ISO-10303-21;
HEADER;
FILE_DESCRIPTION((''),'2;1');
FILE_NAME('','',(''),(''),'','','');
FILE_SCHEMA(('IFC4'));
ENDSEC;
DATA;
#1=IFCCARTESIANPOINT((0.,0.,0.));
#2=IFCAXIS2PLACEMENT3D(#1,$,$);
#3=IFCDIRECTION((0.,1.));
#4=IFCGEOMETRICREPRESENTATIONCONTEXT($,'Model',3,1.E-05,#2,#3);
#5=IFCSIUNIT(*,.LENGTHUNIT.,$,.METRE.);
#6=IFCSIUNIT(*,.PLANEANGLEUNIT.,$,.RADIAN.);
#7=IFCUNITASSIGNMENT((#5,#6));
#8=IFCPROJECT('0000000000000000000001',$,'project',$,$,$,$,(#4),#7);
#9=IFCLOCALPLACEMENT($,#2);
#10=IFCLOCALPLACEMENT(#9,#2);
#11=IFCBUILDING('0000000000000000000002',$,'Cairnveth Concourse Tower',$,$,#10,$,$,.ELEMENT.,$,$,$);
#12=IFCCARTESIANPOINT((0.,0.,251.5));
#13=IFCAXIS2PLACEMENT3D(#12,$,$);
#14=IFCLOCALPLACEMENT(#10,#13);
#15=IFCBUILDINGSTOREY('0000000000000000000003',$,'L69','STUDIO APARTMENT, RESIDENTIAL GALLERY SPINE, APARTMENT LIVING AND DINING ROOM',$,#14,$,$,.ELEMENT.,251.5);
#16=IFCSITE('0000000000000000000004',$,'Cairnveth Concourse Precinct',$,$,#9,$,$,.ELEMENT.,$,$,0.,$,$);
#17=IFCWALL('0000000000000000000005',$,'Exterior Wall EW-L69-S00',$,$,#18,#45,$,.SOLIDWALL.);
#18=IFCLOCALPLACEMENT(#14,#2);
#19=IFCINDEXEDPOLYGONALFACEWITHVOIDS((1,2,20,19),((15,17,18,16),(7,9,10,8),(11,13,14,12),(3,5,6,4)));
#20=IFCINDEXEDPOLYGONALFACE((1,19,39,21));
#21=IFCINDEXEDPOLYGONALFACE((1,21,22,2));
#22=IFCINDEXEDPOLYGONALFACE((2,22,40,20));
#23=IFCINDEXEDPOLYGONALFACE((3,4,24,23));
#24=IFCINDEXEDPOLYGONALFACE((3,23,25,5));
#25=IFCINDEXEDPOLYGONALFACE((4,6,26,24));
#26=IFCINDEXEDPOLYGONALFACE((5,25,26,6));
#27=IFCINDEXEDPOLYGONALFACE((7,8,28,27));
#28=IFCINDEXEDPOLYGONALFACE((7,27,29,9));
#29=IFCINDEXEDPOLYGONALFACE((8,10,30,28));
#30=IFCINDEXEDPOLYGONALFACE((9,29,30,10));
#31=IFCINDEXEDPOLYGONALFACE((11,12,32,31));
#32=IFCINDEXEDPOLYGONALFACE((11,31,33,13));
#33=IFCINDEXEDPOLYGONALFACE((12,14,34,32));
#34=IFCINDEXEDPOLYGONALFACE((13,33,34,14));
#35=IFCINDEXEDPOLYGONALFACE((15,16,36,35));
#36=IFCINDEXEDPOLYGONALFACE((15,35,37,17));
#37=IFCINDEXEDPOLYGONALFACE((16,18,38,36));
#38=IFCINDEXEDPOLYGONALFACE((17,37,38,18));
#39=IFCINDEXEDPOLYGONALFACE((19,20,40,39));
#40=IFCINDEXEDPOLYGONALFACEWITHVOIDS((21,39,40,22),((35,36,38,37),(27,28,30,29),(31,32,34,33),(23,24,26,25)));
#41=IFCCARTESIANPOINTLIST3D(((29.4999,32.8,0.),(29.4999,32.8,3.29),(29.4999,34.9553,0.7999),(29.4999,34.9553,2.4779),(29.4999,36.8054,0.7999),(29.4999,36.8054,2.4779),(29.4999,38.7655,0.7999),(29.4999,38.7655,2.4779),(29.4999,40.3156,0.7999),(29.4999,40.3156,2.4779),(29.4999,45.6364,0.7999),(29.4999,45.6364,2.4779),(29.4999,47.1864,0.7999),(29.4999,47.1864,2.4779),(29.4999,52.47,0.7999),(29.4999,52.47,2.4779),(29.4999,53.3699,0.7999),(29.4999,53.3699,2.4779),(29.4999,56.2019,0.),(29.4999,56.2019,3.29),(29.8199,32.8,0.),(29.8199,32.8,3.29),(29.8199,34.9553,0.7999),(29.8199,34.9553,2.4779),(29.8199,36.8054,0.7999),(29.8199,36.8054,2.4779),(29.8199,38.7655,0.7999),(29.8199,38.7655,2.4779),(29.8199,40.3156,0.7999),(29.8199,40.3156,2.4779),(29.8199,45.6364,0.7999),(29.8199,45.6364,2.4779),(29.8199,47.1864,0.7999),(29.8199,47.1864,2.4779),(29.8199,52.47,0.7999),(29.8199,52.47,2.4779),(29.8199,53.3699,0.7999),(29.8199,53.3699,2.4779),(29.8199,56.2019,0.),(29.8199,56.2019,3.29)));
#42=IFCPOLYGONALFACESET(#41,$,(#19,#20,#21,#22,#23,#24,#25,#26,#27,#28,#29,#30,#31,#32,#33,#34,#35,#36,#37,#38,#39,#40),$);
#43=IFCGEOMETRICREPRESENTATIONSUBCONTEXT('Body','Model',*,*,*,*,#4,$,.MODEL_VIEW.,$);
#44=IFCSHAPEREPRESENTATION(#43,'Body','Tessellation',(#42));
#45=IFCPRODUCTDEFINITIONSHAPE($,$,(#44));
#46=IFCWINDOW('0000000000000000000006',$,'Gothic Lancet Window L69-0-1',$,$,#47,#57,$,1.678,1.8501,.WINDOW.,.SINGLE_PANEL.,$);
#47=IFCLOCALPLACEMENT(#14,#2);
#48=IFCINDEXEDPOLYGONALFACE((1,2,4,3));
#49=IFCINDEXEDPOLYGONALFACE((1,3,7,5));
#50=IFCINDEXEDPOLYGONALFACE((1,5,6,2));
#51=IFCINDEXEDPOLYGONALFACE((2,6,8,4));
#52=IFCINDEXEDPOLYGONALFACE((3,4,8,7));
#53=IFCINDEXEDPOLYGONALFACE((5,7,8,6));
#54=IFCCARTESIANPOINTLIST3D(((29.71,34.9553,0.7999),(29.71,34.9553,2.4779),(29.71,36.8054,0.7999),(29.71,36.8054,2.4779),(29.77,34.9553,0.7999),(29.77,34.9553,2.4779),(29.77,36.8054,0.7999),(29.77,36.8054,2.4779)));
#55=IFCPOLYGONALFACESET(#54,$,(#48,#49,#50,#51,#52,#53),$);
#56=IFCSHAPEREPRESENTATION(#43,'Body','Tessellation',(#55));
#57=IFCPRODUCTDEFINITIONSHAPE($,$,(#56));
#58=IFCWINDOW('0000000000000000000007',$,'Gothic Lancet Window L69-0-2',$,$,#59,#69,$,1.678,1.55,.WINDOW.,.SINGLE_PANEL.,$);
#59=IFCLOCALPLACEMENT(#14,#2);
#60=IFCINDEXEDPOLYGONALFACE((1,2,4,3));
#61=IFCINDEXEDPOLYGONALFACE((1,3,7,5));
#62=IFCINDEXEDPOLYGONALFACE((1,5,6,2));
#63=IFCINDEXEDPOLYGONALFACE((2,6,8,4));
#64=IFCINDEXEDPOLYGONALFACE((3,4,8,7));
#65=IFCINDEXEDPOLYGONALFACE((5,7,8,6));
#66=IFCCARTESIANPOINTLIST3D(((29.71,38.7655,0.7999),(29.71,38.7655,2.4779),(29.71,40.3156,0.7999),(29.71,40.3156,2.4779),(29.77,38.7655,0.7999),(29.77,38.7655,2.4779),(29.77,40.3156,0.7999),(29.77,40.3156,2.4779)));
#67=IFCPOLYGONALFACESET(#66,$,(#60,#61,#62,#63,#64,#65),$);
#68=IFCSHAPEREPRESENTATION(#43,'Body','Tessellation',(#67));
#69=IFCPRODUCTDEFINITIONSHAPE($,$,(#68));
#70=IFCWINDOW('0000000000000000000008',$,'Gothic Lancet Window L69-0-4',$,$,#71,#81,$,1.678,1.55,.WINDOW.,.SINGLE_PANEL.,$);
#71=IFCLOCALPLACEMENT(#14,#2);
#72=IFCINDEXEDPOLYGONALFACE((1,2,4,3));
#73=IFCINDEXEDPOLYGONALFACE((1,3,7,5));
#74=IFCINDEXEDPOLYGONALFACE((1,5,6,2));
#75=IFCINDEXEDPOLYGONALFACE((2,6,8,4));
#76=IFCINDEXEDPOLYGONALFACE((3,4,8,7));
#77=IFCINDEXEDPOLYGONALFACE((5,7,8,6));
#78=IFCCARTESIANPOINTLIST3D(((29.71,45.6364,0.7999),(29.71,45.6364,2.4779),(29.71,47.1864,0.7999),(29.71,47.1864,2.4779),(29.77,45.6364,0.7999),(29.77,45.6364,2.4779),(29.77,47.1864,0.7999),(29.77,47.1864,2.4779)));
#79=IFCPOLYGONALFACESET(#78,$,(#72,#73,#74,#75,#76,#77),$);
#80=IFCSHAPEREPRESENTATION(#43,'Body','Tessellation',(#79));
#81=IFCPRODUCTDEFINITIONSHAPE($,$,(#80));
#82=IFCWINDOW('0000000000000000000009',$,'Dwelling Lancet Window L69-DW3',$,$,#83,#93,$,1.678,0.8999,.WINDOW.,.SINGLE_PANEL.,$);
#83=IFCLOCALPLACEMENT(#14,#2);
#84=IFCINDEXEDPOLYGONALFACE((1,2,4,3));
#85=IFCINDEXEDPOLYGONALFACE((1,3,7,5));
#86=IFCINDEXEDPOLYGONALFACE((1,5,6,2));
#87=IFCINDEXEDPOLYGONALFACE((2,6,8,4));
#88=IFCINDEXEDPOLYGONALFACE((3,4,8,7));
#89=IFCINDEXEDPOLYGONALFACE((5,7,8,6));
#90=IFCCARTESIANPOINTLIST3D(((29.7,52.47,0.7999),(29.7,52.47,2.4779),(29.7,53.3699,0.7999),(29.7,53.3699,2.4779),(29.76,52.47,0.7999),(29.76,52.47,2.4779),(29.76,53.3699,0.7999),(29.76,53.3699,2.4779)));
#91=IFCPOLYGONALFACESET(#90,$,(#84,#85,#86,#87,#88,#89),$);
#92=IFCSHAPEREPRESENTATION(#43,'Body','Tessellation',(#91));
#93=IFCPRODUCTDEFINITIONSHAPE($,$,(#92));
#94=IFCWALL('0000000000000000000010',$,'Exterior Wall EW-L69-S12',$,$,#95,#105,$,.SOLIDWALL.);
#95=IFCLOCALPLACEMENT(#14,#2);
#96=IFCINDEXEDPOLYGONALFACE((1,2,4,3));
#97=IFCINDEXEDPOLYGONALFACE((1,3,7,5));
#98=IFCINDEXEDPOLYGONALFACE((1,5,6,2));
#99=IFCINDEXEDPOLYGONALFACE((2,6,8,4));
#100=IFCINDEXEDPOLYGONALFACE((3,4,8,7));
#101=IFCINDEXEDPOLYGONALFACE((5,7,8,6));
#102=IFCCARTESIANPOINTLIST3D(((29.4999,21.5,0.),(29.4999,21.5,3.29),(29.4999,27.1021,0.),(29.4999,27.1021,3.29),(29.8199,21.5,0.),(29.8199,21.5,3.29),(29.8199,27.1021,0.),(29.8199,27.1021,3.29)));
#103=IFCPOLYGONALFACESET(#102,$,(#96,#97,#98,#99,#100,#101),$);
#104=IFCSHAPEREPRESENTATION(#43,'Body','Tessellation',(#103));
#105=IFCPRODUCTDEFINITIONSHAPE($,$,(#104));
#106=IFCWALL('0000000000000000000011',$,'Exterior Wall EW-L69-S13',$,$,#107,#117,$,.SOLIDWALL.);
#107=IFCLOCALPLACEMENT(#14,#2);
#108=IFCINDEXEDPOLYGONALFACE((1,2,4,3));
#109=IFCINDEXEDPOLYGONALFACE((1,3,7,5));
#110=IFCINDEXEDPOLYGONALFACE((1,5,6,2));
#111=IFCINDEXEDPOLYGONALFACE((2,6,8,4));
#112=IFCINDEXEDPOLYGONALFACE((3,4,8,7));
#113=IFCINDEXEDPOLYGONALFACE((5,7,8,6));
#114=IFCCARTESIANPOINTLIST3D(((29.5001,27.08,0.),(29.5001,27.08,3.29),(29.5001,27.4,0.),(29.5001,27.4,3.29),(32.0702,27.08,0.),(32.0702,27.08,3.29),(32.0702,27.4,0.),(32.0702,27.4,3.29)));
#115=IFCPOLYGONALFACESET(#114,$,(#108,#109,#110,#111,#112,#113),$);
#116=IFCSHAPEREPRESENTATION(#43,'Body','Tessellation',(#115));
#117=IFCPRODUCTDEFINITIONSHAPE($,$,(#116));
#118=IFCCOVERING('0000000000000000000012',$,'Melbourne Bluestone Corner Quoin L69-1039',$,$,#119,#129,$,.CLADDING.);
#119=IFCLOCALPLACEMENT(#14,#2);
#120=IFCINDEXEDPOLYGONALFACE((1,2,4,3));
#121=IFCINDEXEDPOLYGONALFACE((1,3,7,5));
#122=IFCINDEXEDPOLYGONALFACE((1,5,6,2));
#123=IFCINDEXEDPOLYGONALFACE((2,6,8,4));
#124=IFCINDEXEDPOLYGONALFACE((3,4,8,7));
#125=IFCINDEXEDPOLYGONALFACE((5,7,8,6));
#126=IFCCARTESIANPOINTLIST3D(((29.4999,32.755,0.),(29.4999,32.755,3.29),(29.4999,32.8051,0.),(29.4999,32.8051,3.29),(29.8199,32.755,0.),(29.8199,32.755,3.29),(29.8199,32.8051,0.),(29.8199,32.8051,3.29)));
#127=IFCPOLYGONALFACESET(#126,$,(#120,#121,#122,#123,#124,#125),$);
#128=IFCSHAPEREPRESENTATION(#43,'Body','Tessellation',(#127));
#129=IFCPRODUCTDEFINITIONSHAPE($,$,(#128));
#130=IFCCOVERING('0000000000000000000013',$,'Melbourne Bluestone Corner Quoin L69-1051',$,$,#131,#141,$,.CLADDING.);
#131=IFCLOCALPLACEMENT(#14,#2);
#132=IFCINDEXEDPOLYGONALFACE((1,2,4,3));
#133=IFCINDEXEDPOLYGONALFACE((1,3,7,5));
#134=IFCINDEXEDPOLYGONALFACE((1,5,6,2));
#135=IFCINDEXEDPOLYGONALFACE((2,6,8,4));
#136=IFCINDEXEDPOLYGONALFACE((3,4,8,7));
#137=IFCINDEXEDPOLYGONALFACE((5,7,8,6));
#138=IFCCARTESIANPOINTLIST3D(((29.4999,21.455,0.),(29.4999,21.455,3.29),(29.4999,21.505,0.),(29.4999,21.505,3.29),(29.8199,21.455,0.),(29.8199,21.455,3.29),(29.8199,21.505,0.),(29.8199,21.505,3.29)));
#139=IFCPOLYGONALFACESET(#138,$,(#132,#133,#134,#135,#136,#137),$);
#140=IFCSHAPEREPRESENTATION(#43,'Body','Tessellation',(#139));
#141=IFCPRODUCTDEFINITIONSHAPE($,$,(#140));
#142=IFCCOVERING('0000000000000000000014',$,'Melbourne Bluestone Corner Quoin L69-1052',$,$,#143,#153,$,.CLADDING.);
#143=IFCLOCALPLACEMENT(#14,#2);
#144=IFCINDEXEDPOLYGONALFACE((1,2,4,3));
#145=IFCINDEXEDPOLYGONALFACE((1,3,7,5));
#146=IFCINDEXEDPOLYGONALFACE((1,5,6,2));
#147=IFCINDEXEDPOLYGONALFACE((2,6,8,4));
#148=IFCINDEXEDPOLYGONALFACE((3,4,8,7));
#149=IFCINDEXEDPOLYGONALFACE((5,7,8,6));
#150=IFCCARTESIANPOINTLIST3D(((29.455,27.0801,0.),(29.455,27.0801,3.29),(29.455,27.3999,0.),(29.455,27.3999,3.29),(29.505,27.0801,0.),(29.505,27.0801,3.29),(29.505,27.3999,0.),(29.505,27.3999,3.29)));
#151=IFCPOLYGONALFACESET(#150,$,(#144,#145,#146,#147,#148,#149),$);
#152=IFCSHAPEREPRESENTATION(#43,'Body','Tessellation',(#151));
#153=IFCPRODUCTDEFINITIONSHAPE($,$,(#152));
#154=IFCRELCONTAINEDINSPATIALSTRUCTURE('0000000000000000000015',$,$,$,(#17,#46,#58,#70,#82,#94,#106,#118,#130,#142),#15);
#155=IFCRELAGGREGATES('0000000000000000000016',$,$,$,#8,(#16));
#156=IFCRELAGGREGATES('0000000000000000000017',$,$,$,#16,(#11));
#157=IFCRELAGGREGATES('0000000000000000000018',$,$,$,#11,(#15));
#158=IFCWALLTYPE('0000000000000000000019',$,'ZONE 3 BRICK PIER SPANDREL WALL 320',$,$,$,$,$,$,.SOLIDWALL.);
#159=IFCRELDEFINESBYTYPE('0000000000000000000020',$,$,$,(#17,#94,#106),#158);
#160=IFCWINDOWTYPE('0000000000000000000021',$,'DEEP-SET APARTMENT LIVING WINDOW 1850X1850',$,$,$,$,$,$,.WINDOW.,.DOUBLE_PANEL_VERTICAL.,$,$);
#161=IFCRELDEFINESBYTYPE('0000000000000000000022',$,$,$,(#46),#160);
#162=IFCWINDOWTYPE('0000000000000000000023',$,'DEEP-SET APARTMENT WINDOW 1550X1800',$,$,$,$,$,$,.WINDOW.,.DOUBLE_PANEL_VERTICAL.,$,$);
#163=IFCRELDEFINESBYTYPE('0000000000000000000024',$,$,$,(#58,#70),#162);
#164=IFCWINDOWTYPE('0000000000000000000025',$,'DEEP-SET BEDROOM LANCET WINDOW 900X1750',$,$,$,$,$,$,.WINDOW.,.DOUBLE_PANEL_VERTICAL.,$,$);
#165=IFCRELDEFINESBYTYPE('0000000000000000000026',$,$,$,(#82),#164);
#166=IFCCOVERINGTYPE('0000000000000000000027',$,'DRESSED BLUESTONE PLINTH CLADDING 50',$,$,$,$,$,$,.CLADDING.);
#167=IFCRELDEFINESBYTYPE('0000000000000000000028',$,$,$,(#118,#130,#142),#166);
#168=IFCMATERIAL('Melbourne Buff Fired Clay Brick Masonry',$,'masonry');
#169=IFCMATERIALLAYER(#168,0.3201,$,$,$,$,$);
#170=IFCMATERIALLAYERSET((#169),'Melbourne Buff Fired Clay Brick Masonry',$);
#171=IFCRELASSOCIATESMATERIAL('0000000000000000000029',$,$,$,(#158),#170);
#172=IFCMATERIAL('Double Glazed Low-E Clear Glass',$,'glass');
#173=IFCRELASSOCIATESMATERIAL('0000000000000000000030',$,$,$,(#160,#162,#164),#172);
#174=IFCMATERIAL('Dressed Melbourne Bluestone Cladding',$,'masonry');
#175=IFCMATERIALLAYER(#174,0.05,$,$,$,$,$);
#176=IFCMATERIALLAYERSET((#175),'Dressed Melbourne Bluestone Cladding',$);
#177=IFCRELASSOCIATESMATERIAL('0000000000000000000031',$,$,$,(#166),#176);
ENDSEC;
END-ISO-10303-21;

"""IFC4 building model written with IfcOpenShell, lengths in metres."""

from ifc_helpers import new_model, si_unit, direction, frame, frame_2d, origin, place, context, subcontext, project, spatial, rectangle, extrude, material, layer, layer_set, type_object, element, fill, save


model = new_model("IFC4")

# Units and contexts
model_context = context("Model", 3, precision=1e-05, world=origin(), true_north=direction((0.0, 1.0)))
body_context = subcontext(model_context, "Body", "Model", "MODEL_VIEW")
ifc_project = project(units=[si_unit("LENGTHUNIT", "METRE"), si_unit("PLANEANGLEUNIT", "RADIAN")], contexts=[model_context])

# Site, building, storey
site_placement = place(None, origin())
site = spatial("IfcSite", under=ifc_project, at=site_placement, Name="Cairnveth Concourse Precinct", CompositionType="ELEMENT", RefElevation=0.0)
building_placement = place(site_placement, origin())
building = spatial("IfcBuilding", under=site, at=building_placement, Name="Cairnveth Concourse Tower", CompositionType="ELEMENT")
storey_placement = place(building_placement, frame((0.0, 0.0, 251.5)))
storey = spatial("IfcBuildingStorey", under=building, at=storey_placement, Name="L69", Description="STUDIO APARTMENT, RESIDENTIAL GALLERY SPINE, APARTMENT LIVING AND DINING ROOM", CompositionType="ELEMENT", Elevation=251.5)

# Shared definitions
ifc_material_1 = material(Name="Dressed Melbourne Bluestone Cladding", Category="masonry")

# Wall, openings, windows
ifc_material_2 = material(Name="Melbourne Buff Fired Clay Brick Masonry", Category="masonry")
ifc_layer_1 = layer(ifc_material_2, 0.3201)
ifc_layer_set_1 = layer_set([ifc_layer_1], Name="Melbourne Buff Fired Clay Brick Masonry")
wall_type_1 = type_object("IfcWallType", Name="ZONE 3 BRICK PIER SPANDREL WALL 320", PredefinedType="SOLIDWALL", material=ifc_layer_set_1)
wall_1_placement = place(storey_placement, frame((29.6599, 32.8, 0.0), z_axis=(0.0, 0.0, 1.0), x_axis=(0.0, 1.0, 0.0)))
wall_1 = element("IfcWall", 1, at=wall_1_placement, inside=storey, type_object=wall_type_1, Name="Exterior Wall EW-L69-S00", PredefinedType="SOLIDWALL", context=body_context, shape_type="SweptSolid", body=[
    extrude(rectangle(XDim=23.4019, YDim=0.3201, at=frame_2d((11.7009, 0.0))), origin(), (0.0, 0.0, 1.0), 3.29),
])
opening_1_placement = place(wall_1_placement, frame((2.1553, 0.0, 0.8)))
opening_1 = element("IfcOpeningElement", 2, at=opening_1_placement, cuts=wall_1, PredefinedType="OPENING", context=body_context, shape_type="SweptSolid", body=[
    extrude(rectangle(XDim=1.8501, YDim=1.678, at=frame_2d((0.925, 0.8389))), frame((0.0, 0.1699, 0.0), z_axis=(0.0, -1.0, 0.0), x_axis=(1.0, 0.0, 0.0)), (0.0, 0.0, 1.0), 0.3401),
])
opening_2_placement = place(wall_1_placement, frame((5.9656, 0.0, 0.8)))
opening_2 = element("IfcOpeningElement", 3, at=opening_2_placement, cuts=wall_1, PredefinedType="OPENING", context=body_context, shape_type="SweptSolid", body=[
    extrude(rectangle(XDim=1.55, YDim=1.678, at=frame_2d((0.7749, 0.8389))), frame((0.0, 0.1699, 0.0), z_axis=(0.0, -1.0, 0.0), x_axis=(1.0, 0.0, 0.0)), (0.0, 0.0, 1.0), 0.3401),
])
opening_3_placement = place(wall_1_placement, frame((12.8364, 0.0, 0.8)))
opening_3 = element("IfcOpeningElement", 4, at=opening_3_placement, cuts=wall_1, PredefinedType="OPENING", context=body_context, shape_type="SweptSolid", body=[
    extrude(rectangle(XDim=1.55, YDim=1.678, at=frame_2d((0.7749, 0.8389))), frame((0.0, 0.1699, 0.0), z_axis=(0.0, -1.0, 0.0), x_axis=(1.0, 0.0, 0.0)), (0.0, 0.0, 1.0), 0.3401),
])
opening_4_placement = place(wall_1_placement, frame((19.6699, 0.0, 0.8)))
opening_4 = element("IfcOpeningElement", 5, at=opening_4_placement, cuts=wall_1, PredefinedType="OPENING", context=body_context, shape_type="SweptSolid", body=[
    extrude(rectangle(XDim=0.8999, YDim=1.678, at=frame_2d((0.45, 0.8389))), frame((0.0, 0.1699, 0.0), z_axis=(0.0, -1.0, 0.0), x_axis=(1.0, 0.0, 0.0)), (0.0, 0.0, 1.0), 0.3401),
])
ifc_material_3 = material(Name="Double Glazed Low-E Clear Glass", Category="glass")
window_type_1 = type_object("IfcWindowType", Name="DEEP-SET APARTMENT LIVING WINDOW 1850X1850", PartitioningType="DOUBLE_PANEL_VERTICAL", PredefinedType="WINDOW", material=ifc_material_3)
window_1_placement = place(opening_1_placement, origin())
window_1 = element("IfcWindow", 6, at=window_1_placement, inside=storey, type_object=window_type_1, Name="Gothic Lancet Window L69-0-1", OverallHeight=1.678, OverallWidth=1.8501, PartitioningType="SINGLE_PANEL", PredefinedType="WINDOW", context=body_context, shape_type="SweptSolid", body=[
    extrude(rectangle(XDim=1.8501, YDim=1.678, at=frame_2d((0.925, 0.8389))), frame((0.0, -0.05, 0.0), z_axis=(0.0, -1.0, 0.0), x_axis=(1.0, 0.0, 0.0)), (0.0, 0.0, 1.0), 0.0601),
])
fill(opening_1, window_1)
window_type_2 = type_object("IfcWindowType", Name="DEEP-SET APARTMENT WINDOW 1550X1800", PartitioningType="DOUBLE_PANEL_VERTICAL", PredefinedType="WINDOW", material=ifc_material_3)
window_2_placement = place(opening_2_placement, origin())
window_2 = element("IfcWindow", 7, at=window_2_placement, inside=storey, type_object=window_type_2, Name="Gothic Lancet Window L69-0-2", OverallHeight=1.678, OverallWidth=1.55, PartitioningType="SINGLE_PANEL", PredefinedType="WINDOW", context=body_context, shape_type="SweptSolid", body=[
    extrude(rectangle(XDim=1.55, YDim=1.678, at=frame_2d((0.7749, 0.8389))), frame((0.0, -0.05, 0.0), z_axis=(0.0, -1.0, 0.0), x_axis=(1.0, 0.0, 0.0)), (0.0, 0.0, 1.0), 0.0601),
])
fill(opening_2, window_2)
window_3_placement = place(opening_3_placement, origin())
window_3 = element("IfcWindow", 8, at=window_3_placement, inside=storey, type_object=window_type_2, Name="Gothic Lancet Window L69-0-4", OverallHeight=1.678, OverallWidth=1.55, PartitioningType="SINGLE_PANEL", PredefinedType="WINDOW", context=body_context, shape_type="SweptSolid", body=[
    extrude(rectangle(XDim=1.55, YDim=1.678, at=frame_2d((0.7749, 0.8389))), frame((0.0, -0.05, 0.0), z_axis=(0.0, -1.0, 0.0), x_axis=(1.0, 0.0, 0.0)), (0.0, 0.0, 1.0), 0.0601),
])
fill(opening_3, window_3)
window_type_3 = type_object("IfcWindowType", Name="DEEP-SET BEDROOM LANCET WINDOW 900X1750", PartitioningType="DOUBLE_PANEL_VERTICAL", PredefinedType="WINDOW", material=ifc_material_3)
window_4_placement = place(opening_4_placement, origin())
window_4 = element("IfcWindow", 9, at=window_4_placement, inside=storey, type_object=window_type_3, Name="Dwelling Lancet Window L69-DW3", OverallHeight=1.678, OverallWidth=0.8999, PartitioningType="SINGLE_PANEL", PredefinedType="WINDOW", context=body_context, shape_type="SweptSolid", body=[
    extrude(rectangle(XDim=0.8999, YDim=1.678, at=frame_2d((0.45, 0.8389))), frame((0.0, -0.04, 0.0), z_axis=(0.0, -1.0, 0.0), x_axis=(1.0, 0.0, 0.0)), (0.0, 0.0, 1.0), 0.0601),
])
fill(opening_4, window_4)

# Walls
wall_2_placement = place(storey_placement, frame((29.6599, 21.5, 0.0), z_axis=(0.0, 0.0, 1.0), x_axis=(0.0, 1.0, 0.0)))
element("IfcWall", 10, at=wall_2_placement, inside=storey, type_object=wall_type_1, Name="Exterior Wall EW-L69-S12", PredefinedType="SOLIDWALL", context=body_context, shape_type="SweptSolid", body=[
    extrude(rectangle(XDim=5.6021, YDim=0.3201, at=frame_2d((2.801, 0.0))), origin(), (0.0, 0.0, 1.0), 3.29),
])
wall_3_placement = place(storey_placement, frame((29.5, 27.24, 0.0), z_axis=(0.0, 0.0, 1.0), x_axis=(1.0, 0.0, 0.0)))
element("IfcWall", 11, at=wall_3_placement, inside=storey, type_object=wall_type_1, Name="Exterior Wall EW-L69-S13", PredefinedType="SOLIDWALL", context=body_context, shape_type="SweptSolid", body=[
    extrude(rectangle(XDim=2.5701, YDim=0.3201, at=frame_2d((1.2852, 0.0))), origin(), (0.0, 0.0, 1.0), 3.29),
])

# Coverings
ifc_layer_2 = layer(ifc_material_1, 0.05)
ifc_layer_set_2 = layer_set([ifc_layer_2], Name="Dressed Melbourne Bluestone Cladding")
covering_type = type_object("IfcCoveringType", Name="DRESSED BLUESTONE PLINTH CLADDING 50", PredefinedType="CLADDING", material=ifc_layer_set_2)
for number, where, z_axis, x_axis, name in (
    (12, (29.8201, 32.78, 0.0), (0.0, 0.0, 1.0), (-1.0, 0.0, 0.0), "Melbourne Bluestone Corner Quoin L69-1039"),
    (13, (29.8201, 21.48, 0.0), (0.0, 0.0, 1.0), (-1.0, 0.0, 0.0), "Melbourne Bluestone Corner Quoin L69-1051"),
):
    element("IfcCovering", number, at=place(storey_placement, frame(where, z_axis=z_axis, x_axis=x_axis)), inside=storey, type_object=covering_type, Name=name, PredefinedType="CLADDING", context=body_context, shape_type="SweptSolid", body=[
        extrude(rectangle(XDim=0.3201, YDim=0.05, at=frame_2d((0.1602, 0.0))), origin(), (0.0, 0.0, 1.0), 3.29),
    ])
covering_placement = place(storey_placement, frame((29.48, 27.0801, 0.0), z_axis=(0.0, 0.0, 1.0), x_axis=(0.0, 1.0, 0.0)))
element("IfcCovering", 14, at=covering_placement, inside=storey, type_object=covering_type, Name="Melbourne Bluestone Corner Quoin L69-1052", PredefinedType="CLADDING", context=body_context, shape_type="SweptSolid", body=[
    extrude(rectangle(XDim=0.3198, YDim=0.05, at=frame_2d((0.1599, 0.0))), origin(), (0.0, 0.0, 1.0), 3.29),
])

save(model, "model.ifc")
